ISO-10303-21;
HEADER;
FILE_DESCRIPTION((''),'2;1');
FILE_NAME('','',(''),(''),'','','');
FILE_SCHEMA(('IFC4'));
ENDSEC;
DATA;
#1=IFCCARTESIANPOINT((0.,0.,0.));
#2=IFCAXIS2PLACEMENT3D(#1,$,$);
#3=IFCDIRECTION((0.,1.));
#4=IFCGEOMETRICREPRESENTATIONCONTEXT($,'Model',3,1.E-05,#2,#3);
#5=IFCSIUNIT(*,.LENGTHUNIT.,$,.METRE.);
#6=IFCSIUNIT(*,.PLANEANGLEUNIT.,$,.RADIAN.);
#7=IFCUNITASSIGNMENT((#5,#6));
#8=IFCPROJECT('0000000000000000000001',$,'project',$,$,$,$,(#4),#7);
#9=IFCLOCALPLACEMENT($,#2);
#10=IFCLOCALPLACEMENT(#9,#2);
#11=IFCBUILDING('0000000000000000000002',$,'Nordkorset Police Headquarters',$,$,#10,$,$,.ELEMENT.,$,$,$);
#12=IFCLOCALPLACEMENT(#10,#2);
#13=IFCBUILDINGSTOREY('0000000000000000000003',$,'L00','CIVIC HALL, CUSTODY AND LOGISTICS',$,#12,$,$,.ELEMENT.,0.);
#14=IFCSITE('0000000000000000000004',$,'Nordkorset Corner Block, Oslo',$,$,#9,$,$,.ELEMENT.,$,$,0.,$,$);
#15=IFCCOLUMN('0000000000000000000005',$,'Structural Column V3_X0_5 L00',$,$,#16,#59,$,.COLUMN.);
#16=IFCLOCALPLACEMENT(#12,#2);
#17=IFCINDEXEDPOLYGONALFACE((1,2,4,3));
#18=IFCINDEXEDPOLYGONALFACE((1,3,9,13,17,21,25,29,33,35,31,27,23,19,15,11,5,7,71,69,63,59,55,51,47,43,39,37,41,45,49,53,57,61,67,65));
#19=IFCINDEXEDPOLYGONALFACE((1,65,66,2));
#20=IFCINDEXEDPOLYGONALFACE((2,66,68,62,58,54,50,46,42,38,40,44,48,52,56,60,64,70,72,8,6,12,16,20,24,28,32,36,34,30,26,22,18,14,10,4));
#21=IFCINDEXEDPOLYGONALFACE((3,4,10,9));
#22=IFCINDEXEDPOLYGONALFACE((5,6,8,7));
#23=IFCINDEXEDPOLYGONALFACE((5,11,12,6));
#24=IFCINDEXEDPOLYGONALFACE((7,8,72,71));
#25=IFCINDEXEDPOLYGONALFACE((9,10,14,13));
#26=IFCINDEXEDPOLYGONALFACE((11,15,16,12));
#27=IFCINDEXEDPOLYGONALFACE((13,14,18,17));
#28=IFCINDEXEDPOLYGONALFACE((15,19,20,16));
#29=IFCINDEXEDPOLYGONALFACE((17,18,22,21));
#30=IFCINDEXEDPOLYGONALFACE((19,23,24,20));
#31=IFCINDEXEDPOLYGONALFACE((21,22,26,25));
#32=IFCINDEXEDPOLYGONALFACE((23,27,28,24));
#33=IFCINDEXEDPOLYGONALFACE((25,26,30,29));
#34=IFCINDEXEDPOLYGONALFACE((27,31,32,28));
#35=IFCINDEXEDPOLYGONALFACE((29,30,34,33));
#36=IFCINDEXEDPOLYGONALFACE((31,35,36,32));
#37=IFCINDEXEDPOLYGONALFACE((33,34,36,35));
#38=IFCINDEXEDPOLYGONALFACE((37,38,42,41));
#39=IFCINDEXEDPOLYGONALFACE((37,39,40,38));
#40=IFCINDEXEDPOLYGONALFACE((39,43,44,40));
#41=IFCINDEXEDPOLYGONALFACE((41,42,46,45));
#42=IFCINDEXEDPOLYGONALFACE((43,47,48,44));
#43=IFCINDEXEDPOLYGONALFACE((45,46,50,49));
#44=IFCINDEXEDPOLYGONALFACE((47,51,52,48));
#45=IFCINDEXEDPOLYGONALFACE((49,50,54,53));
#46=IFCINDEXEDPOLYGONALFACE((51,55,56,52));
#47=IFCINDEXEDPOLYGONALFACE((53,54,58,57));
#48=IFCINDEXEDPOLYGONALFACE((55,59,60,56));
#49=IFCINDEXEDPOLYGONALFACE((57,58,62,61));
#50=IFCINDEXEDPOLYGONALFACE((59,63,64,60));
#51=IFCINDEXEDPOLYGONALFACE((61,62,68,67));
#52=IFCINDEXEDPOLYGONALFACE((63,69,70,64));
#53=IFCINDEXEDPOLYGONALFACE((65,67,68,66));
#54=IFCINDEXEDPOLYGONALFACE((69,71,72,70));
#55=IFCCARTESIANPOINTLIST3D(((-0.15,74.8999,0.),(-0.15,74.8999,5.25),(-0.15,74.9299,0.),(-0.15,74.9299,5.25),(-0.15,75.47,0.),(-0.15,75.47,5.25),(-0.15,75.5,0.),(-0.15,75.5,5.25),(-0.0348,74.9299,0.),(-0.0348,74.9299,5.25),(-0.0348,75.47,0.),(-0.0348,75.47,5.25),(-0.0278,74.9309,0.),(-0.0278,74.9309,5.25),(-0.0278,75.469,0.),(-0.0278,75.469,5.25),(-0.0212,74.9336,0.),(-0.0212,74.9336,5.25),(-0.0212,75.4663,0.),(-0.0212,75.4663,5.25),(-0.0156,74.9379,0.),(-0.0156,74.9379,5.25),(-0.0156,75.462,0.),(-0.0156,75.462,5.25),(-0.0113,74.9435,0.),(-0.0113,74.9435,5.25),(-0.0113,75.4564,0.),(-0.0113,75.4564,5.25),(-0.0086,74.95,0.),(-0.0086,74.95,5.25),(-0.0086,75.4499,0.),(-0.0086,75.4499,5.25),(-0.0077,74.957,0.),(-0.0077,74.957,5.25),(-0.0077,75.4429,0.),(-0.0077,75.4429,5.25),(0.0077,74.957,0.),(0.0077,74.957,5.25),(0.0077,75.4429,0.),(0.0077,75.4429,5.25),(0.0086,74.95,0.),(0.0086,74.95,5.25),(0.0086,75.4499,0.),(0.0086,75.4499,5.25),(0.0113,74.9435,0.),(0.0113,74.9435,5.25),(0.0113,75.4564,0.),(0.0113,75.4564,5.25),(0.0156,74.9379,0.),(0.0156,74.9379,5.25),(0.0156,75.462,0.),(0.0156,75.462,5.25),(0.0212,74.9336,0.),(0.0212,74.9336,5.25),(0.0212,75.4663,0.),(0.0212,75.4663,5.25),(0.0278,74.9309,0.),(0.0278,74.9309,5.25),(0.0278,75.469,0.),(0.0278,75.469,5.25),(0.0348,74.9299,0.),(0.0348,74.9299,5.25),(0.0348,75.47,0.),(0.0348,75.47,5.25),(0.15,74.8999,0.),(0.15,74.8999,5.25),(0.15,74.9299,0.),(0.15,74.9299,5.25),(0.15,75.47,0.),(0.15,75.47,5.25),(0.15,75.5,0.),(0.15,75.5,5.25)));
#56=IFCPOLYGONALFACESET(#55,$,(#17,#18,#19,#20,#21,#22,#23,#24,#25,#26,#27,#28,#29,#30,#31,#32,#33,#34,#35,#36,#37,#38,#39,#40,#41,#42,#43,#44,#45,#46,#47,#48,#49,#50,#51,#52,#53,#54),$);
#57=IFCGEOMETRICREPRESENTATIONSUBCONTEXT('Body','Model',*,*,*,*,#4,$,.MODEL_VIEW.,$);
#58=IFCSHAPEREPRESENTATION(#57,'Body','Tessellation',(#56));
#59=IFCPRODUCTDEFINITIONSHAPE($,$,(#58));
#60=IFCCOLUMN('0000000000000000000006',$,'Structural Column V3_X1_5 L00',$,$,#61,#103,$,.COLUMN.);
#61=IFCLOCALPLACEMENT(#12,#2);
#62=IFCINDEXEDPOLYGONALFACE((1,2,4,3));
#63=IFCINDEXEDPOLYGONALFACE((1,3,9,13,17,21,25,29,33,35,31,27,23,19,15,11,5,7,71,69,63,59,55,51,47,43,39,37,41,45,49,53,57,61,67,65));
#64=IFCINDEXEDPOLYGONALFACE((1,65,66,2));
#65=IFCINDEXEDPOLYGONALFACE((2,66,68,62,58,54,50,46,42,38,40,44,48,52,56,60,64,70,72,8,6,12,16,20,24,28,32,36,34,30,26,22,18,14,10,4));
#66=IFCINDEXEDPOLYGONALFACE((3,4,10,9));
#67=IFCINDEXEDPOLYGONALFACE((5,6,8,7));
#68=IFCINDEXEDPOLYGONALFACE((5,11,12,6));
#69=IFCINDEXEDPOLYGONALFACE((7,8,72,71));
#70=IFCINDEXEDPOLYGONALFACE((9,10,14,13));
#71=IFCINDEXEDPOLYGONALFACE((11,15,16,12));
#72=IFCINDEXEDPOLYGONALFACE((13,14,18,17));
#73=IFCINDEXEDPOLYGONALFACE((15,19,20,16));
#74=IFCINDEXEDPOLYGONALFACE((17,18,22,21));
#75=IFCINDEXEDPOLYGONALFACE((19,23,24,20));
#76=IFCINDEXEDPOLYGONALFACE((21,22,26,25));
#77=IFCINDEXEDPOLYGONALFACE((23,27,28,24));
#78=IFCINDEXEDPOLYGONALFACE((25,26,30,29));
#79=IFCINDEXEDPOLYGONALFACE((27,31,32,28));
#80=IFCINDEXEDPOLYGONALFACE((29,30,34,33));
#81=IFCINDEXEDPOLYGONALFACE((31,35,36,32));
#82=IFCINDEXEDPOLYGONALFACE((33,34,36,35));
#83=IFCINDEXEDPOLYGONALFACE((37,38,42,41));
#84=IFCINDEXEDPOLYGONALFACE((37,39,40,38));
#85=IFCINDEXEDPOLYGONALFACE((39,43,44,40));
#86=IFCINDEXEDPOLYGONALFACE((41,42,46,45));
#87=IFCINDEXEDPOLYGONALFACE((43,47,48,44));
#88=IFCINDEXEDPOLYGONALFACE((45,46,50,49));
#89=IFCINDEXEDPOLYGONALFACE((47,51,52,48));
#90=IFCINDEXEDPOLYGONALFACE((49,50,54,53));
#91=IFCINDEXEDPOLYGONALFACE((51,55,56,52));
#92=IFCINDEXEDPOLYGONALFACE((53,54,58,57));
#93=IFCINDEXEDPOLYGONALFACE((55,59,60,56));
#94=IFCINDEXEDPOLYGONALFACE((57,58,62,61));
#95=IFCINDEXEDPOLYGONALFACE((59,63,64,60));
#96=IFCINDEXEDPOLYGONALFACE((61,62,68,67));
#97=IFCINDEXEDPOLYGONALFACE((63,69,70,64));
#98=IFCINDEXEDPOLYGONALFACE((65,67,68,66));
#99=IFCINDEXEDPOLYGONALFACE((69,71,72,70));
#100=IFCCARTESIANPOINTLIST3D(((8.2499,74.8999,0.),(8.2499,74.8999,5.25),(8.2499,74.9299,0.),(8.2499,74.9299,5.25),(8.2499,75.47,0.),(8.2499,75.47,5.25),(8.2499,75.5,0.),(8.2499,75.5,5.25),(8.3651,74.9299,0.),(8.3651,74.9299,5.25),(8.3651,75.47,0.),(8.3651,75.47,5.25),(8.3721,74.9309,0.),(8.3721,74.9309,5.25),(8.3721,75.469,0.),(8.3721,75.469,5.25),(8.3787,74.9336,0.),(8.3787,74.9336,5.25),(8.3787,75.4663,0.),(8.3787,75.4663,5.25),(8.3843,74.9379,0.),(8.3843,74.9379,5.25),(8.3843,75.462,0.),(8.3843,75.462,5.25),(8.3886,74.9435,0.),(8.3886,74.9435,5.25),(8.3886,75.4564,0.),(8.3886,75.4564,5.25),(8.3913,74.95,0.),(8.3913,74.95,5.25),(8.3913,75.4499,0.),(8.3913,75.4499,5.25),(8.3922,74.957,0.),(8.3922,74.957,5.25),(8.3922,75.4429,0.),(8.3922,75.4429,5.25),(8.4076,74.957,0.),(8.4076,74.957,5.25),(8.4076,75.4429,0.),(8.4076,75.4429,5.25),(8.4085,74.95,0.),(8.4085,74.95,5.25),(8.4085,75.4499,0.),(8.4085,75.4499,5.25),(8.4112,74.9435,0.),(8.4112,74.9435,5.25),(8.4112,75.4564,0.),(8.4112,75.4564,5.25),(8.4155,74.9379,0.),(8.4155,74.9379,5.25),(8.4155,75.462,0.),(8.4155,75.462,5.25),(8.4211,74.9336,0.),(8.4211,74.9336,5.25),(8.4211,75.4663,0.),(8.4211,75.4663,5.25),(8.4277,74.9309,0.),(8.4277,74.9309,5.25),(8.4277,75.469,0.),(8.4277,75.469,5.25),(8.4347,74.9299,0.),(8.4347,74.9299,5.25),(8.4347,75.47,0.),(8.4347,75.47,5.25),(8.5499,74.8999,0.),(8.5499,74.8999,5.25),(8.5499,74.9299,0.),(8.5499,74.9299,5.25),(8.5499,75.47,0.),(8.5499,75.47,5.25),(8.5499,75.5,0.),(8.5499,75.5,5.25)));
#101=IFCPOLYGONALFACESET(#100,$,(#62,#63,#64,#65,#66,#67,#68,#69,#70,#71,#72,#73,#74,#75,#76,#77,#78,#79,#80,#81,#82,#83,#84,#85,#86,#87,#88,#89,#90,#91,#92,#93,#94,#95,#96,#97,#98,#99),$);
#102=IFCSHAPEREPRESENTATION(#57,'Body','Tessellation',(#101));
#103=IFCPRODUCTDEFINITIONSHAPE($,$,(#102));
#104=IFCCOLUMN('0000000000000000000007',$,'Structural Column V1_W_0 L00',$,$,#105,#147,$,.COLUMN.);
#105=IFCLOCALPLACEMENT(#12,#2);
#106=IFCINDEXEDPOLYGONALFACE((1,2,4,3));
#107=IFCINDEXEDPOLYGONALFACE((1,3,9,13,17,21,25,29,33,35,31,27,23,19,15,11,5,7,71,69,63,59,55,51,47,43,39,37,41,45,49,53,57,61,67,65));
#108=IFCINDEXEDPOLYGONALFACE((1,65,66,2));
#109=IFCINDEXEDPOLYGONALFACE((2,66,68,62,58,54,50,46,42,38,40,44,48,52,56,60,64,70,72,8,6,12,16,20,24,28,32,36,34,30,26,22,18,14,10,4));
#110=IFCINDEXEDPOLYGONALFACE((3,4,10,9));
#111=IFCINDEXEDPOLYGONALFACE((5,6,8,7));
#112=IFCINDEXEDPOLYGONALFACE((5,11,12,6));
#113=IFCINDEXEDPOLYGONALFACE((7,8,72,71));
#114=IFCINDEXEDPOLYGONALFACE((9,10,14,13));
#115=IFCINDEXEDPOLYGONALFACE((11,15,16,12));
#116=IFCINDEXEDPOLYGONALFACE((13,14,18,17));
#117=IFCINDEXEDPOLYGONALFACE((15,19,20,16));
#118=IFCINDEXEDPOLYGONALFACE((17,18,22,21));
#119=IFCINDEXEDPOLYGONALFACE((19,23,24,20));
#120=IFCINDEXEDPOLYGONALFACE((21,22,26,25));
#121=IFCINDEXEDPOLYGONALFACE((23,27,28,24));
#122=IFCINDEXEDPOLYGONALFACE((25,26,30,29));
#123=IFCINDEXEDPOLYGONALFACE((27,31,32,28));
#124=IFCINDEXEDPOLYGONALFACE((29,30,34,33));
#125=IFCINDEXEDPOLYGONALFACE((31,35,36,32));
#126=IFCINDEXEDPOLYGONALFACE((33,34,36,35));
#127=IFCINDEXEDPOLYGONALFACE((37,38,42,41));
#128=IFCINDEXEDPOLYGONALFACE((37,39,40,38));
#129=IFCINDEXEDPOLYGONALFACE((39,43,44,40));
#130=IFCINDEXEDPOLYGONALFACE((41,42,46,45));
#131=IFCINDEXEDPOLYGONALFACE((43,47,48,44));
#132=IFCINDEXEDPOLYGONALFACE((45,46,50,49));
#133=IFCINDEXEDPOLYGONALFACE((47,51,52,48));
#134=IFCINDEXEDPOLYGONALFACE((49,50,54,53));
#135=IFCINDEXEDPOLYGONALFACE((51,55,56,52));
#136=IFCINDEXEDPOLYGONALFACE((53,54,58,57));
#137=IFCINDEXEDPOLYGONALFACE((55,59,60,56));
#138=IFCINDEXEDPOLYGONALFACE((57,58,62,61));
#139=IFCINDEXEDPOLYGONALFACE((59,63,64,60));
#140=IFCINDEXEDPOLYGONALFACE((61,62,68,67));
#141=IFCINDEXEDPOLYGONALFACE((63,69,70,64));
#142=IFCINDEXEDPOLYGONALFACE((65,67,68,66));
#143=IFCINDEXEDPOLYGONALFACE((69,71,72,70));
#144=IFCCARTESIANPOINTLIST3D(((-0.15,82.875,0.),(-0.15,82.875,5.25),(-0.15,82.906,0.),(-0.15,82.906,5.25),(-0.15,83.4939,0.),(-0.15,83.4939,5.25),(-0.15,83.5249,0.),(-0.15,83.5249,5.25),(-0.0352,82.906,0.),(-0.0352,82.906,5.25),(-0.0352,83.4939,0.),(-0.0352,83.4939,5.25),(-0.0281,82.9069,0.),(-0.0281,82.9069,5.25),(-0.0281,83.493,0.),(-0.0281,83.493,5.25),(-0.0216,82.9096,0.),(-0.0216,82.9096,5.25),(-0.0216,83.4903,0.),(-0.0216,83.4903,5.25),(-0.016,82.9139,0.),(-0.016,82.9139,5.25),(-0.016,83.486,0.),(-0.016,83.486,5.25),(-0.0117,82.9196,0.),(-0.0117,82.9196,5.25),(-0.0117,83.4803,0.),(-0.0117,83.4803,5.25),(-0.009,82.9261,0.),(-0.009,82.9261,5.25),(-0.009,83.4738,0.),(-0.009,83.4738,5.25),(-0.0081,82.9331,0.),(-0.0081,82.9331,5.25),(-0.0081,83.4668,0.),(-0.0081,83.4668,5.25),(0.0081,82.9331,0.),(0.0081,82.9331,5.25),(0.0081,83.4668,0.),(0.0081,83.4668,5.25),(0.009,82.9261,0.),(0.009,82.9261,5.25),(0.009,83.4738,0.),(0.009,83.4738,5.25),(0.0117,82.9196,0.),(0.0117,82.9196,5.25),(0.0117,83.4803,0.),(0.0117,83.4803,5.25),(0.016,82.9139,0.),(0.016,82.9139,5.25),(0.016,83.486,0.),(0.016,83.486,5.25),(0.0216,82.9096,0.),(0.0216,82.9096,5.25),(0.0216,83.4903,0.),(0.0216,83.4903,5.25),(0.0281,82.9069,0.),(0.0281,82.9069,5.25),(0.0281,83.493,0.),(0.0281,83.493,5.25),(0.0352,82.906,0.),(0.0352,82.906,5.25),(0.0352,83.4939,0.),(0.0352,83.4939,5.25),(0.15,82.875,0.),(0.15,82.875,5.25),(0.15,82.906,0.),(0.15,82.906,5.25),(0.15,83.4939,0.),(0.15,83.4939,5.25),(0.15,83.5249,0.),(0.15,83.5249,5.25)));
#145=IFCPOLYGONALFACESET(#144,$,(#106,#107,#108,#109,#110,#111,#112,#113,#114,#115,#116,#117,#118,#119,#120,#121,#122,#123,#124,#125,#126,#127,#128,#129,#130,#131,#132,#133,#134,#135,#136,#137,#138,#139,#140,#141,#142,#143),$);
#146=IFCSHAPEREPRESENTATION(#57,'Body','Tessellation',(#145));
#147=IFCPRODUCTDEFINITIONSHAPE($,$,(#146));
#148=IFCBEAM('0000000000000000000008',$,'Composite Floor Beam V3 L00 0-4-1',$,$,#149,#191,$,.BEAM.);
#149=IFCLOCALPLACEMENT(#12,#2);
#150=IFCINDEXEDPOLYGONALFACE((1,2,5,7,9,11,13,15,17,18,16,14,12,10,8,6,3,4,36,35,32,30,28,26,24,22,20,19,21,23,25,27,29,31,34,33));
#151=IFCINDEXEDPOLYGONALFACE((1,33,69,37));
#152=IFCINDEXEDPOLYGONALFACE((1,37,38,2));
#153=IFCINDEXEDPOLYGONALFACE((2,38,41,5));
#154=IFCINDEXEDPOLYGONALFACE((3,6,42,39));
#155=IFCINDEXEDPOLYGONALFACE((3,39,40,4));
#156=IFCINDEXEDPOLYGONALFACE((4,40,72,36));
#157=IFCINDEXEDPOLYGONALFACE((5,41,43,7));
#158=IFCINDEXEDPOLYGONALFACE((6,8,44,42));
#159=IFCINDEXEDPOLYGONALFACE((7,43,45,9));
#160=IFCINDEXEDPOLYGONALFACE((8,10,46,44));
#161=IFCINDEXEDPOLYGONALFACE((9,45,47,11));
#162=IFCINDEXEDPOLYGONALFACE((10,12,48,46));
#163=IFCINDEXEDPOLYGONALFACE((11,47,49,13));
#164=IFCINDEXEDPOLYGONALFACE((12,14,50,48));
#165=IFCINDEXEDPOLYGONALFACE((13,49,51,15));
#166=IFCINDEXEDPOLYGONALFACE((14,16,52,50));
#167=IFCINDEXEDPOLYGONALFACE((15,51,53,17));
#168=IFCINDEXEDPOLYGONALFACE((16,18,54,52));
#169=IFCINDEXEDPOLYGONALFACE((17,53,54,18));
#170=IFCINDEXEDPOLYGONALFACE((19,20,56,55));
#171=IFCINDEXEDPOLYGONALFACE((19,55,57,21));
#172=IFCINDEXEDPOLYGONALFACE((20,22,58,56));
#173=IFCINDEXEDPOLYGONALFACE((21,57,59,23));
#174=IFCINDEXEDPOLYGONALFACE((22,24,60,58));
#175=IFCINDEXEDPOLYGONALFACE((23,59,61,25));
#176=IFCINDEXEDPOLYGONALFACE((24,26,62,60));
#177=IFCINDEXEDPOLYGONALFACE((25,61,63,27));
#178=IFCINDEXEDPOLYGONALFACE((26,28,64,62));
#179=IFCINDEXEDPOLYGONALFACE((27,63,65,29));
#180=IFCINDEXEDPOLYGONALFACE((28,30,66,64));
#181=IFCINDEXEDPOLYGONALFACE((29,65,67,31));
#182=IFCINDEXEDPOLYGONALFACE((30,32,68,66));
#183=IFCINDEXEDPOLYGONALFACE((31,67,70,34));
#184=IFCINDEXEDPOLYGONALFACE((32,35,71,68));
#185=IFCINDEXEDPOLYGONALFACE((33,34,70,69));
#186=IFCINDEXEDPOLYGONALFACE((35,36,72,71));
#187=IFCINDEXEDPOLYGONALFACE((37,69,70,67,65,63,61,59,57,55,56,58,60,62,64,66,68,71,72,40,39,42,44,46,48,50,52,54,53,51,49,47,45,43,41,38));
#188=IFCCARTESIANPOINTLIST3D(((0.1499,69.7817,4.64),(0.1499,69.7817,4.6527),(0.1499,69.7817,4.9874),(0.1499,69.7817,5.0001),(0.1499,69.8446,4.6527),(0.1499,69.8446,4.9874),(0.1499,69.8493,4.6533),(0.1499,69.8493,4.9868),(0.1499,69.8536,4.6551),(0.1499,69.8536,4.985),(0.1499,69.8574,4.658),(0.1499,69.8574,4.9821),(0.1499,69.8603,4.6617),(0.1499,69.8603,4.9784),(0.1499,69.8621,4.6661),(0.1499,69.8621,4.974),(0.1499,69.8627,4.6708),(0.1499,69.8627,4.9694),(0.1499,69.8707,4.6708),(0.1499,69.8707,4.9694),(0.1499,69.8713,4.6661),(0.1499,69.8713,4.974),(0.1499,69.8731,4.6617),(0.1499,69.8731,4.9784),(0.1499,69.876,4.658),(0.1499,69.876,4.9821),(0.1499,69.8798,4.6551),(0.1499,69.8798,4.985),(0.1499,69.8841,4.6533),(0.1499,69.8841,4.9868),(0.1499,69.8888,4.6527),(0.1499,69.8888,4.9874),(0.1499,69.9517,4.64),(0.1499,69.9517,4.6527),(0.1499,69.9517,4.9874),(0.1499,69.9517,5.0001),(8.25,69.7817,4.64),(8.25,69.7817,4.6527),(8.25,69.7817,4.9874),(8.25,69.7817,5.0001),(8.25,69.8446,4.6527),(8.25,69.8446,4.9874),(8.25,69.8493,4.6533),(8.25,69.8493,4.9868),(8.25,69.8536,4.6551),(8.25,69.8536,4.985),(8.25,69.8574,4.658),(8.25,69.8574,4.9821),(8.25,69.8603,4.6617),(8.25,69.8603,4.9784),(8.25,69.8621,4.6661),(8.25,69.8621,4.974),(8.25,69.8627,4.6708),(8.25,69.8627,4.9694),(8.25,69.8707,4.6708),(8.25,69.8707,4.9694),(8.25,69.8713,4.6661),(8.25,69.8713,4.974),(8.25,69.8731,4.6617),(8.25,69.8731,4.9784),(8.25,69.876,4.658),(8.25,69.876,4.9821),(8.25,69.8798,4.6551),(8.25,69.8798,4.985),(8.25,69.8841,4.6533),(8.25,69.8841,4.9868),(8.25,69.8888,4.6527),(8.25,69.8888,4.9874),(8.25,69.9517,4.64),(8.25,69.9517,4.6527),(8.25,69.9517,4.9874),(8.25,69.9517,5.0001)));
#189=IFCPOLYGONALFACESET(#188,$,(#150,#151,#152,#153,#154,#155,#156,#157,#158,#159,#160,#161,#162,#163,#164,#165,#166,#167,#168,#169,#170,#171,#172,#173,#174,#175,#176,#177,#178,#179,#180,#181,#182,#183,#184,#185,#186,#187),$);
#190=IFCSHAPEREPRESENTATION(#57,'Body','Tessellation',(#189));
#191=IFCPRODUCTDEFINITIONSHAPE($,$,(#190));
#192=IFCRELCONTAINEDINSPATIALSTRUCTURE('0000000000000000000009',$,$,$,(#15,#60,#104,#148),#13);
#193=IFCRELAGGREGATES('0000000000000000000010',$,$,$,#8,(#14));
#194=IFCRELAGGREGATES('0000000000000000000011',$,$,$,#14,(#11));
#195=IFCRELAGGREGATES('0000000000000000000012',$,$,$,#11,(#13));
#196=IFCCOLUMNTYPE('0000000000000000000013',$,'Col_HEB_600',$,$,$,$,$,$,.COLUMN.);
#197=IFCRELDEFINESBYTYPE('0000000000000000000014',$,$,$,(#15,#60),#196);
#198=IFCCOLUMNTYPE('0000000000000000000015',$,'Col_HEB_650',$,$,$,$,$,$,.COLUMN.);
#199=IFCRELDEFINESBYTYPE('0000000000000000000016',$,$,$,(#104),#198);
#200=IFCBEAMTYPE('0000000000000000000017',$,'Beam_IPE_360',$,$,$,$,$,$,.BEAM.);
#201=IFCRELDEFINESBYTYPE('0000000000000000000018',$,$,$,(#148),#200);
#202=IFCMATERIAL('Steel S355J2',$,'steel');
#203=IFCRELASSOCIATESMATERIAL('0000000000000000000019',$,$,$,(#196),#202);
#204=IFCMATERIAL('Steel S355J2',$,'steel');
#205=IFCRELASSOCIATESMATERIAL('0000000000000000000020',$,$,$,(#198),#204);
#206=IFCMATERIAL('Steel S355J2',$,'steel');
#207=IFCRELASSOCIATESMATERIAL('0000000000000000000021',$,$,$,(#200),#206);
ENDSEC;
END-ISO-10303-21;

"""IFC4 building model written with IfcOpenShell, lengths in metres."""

from ifc_helpers import new_model, si_unit, direction, frame, origin, origin_2d, place, context, subcontext, project, spatial, i_section, extrude, material, material_profile, profile_set, type_object, element, save


model = new_model("IFC4")

# Units and contexts
model_context = context("Model", 3, precision=1e-05, world=origin(), true_north=direction((0.0, 1.0)))
body_context = subcontext(model_context, "Body", "Model", "MODEL_VIEW")
ifc_project = project(units=[si_unit("LENGTHUNIT", "METRE"), si_unit("PLANEANGLEUNIT", "RADIAN")], contexts=[model_context])

# Site, building, storey
site_placement = place(None, origin())
site = spatial("IfcSite", under=ifc_project, at=site_placement, Name="Nordkorset Corner Block, Oslo", CompositionType="ELEMENT", RefElevation=0.0)
building_placement = place(site_placement, origin())
building = spatial("IfcBuilding", under=site, at=building_placement, Name="Nordkorset Police Headquarters", CompositionType="ELEMENT")
storey_placement = place(building_placement, origin())
storey = spatial("IfcBuildingStorey", under=building, at=storey_placement, Name="L00", Description="CIVIC HALL, CUSTODY AND LOGISTICS", CompositionType="ELEMENT", Elevation=0.0)

# Columns
ifc_material_1 = material(Name="Steel S355J2", Category="steel")
ifc_material_profile_1 = material_profile(ifc_material_1, i_section(OverallWidth=0.3, OverallDepth=0.6001, WebThickness=0.0154, FlangeThickness=0.03, FilletRadius=0.0271, at=origin_2d()), Name="HEB 600")
ifc_profile_set_1 = profile_set([ifc_material_profile_1], Name="Steel S355J2")
column_type_1 = type_object("IfcColumnType", Name="Col_HEB_600", PredefinedType="COLUMN", material=ifc_profile_set_1)
for number, where, z_axis, x_axis, name in (
    (1, (0.0, 75.2, 0.0), (0.0, 0.0, 1.0), (1.0, 0.0, 0.0), "Structural Column V3_X0_5 L00"),
    (2, (8.3999, 75.2, 0.0), (0.0, 0.0, 1.0), (1.0, 0.0, 0.0), "Structural Column V3_X1_5 L00"),
):
    element("IfcColumn", number, at=place(storey_placement, frame(where, z_axis=z_axis, x_axis=x_axis)), inside=storey, type_object=column_type_1, Name=name, PredefinedType="COLUMN", context=body_context, shape_type="SweptSolid", body=[
        extrude(i_section(OverallWidth=0.3, OverallDepth=0.6001, WebThickness=0.0154, FlangeThickness=0.03, FilletRadius=0.0271, at=origin_2d()), origin(), (0.0, 0.0, 1.0), 5.25),
    ])
ifc_material_2 = material(Name="Steel S355J2", Category="steel")
ifc_material_profile_2 = material_profile(ifc_material_2, i_section(OverallWidth=0.3, OverallDepth=0.6499, WebThickness=0.0161, FlangeThickness=0.031, FilletRadius=0.0271, at=origin_2d()), Name="HEB 650")
ifc_profile_set_2 = profile_set([ifc_material_profile_2], Name="Steel S355J2")
column_type_2 = type_object("IfcColumnType", Name="Col_HEB_650", PredefinedType="COLUMN", material=ifc_profile_set_2)
column_placement = place(storey_placement, frame((0.0, 83.2, 0.0), z_axis=(0.0, 0.0, 1.0), x_axis=(1.0, 0.0, 0.0)))
element("IfcColumn", 3, at=column_placement, inside=storey, type_object=column_type_2, Name="Structural Column V1_W_0 L00", PredefinedType="COLUMN", context=body_context, shape_type="SweptSolid", body=[
    extrude(i_section(OverallWidth=0.3, OverallDepth=0.6499, WebThickness=0.0161, FlangeThickness=0.031, FilletRadius=0.0271, at=origin_2d()), origin(), (0.0, 0.0, 1.0), 5.25),
])

# Beam
ifc_material_3 = material(Name="Steel S355J2", Category="steel")
ifc_material_profile_3 = material_profile(ifc_material_3, i_section(OverallWidth=0.1699, OverallDepth=0.3601, WebThickness=0.0081, FlangeThickness=0.0127, FilletRadius=0.0181, at=origin_2d()), Name="IPE 360")
ifc_profile_set_3 = profile_set([ifc_material_profile_3], Name="Steel S355J2")
beam_type_1 = type_object("IfcBeamType", Name="Beam_IPE_360", PredefinedType="BEAM", material=ifc_profile_set_3)
for number, where, z_axis, x_axis, name in (
    (4, (0.1499, 69.8667, 4.8201), (1.0, 0.0, 0.0), (0.0, 1.0, 0.0), "Composite Floor Beam V3 L00 0-4-1"),
):
    element("IfcBeam", number, at=place(storey_placement, frame(where, z_axis=z_axis, x_axis=x_axis)), inside=storey, type_object=beam_type_1, Name=name, PredefinedType="BEAM", context=body_context, shape_type="SweptSolid", body=[
        extrude(i_section(OverallWidth=0.1699, OverallDepth=0.3601, WebThickness=0.0081, FlangeThickness=0.0127, FilletRadius=0.0181, at=origin_2d()), origin(), (0.0, 0.0, 1.0), 8.1001),
    ])

save(model, "model.ifc")
